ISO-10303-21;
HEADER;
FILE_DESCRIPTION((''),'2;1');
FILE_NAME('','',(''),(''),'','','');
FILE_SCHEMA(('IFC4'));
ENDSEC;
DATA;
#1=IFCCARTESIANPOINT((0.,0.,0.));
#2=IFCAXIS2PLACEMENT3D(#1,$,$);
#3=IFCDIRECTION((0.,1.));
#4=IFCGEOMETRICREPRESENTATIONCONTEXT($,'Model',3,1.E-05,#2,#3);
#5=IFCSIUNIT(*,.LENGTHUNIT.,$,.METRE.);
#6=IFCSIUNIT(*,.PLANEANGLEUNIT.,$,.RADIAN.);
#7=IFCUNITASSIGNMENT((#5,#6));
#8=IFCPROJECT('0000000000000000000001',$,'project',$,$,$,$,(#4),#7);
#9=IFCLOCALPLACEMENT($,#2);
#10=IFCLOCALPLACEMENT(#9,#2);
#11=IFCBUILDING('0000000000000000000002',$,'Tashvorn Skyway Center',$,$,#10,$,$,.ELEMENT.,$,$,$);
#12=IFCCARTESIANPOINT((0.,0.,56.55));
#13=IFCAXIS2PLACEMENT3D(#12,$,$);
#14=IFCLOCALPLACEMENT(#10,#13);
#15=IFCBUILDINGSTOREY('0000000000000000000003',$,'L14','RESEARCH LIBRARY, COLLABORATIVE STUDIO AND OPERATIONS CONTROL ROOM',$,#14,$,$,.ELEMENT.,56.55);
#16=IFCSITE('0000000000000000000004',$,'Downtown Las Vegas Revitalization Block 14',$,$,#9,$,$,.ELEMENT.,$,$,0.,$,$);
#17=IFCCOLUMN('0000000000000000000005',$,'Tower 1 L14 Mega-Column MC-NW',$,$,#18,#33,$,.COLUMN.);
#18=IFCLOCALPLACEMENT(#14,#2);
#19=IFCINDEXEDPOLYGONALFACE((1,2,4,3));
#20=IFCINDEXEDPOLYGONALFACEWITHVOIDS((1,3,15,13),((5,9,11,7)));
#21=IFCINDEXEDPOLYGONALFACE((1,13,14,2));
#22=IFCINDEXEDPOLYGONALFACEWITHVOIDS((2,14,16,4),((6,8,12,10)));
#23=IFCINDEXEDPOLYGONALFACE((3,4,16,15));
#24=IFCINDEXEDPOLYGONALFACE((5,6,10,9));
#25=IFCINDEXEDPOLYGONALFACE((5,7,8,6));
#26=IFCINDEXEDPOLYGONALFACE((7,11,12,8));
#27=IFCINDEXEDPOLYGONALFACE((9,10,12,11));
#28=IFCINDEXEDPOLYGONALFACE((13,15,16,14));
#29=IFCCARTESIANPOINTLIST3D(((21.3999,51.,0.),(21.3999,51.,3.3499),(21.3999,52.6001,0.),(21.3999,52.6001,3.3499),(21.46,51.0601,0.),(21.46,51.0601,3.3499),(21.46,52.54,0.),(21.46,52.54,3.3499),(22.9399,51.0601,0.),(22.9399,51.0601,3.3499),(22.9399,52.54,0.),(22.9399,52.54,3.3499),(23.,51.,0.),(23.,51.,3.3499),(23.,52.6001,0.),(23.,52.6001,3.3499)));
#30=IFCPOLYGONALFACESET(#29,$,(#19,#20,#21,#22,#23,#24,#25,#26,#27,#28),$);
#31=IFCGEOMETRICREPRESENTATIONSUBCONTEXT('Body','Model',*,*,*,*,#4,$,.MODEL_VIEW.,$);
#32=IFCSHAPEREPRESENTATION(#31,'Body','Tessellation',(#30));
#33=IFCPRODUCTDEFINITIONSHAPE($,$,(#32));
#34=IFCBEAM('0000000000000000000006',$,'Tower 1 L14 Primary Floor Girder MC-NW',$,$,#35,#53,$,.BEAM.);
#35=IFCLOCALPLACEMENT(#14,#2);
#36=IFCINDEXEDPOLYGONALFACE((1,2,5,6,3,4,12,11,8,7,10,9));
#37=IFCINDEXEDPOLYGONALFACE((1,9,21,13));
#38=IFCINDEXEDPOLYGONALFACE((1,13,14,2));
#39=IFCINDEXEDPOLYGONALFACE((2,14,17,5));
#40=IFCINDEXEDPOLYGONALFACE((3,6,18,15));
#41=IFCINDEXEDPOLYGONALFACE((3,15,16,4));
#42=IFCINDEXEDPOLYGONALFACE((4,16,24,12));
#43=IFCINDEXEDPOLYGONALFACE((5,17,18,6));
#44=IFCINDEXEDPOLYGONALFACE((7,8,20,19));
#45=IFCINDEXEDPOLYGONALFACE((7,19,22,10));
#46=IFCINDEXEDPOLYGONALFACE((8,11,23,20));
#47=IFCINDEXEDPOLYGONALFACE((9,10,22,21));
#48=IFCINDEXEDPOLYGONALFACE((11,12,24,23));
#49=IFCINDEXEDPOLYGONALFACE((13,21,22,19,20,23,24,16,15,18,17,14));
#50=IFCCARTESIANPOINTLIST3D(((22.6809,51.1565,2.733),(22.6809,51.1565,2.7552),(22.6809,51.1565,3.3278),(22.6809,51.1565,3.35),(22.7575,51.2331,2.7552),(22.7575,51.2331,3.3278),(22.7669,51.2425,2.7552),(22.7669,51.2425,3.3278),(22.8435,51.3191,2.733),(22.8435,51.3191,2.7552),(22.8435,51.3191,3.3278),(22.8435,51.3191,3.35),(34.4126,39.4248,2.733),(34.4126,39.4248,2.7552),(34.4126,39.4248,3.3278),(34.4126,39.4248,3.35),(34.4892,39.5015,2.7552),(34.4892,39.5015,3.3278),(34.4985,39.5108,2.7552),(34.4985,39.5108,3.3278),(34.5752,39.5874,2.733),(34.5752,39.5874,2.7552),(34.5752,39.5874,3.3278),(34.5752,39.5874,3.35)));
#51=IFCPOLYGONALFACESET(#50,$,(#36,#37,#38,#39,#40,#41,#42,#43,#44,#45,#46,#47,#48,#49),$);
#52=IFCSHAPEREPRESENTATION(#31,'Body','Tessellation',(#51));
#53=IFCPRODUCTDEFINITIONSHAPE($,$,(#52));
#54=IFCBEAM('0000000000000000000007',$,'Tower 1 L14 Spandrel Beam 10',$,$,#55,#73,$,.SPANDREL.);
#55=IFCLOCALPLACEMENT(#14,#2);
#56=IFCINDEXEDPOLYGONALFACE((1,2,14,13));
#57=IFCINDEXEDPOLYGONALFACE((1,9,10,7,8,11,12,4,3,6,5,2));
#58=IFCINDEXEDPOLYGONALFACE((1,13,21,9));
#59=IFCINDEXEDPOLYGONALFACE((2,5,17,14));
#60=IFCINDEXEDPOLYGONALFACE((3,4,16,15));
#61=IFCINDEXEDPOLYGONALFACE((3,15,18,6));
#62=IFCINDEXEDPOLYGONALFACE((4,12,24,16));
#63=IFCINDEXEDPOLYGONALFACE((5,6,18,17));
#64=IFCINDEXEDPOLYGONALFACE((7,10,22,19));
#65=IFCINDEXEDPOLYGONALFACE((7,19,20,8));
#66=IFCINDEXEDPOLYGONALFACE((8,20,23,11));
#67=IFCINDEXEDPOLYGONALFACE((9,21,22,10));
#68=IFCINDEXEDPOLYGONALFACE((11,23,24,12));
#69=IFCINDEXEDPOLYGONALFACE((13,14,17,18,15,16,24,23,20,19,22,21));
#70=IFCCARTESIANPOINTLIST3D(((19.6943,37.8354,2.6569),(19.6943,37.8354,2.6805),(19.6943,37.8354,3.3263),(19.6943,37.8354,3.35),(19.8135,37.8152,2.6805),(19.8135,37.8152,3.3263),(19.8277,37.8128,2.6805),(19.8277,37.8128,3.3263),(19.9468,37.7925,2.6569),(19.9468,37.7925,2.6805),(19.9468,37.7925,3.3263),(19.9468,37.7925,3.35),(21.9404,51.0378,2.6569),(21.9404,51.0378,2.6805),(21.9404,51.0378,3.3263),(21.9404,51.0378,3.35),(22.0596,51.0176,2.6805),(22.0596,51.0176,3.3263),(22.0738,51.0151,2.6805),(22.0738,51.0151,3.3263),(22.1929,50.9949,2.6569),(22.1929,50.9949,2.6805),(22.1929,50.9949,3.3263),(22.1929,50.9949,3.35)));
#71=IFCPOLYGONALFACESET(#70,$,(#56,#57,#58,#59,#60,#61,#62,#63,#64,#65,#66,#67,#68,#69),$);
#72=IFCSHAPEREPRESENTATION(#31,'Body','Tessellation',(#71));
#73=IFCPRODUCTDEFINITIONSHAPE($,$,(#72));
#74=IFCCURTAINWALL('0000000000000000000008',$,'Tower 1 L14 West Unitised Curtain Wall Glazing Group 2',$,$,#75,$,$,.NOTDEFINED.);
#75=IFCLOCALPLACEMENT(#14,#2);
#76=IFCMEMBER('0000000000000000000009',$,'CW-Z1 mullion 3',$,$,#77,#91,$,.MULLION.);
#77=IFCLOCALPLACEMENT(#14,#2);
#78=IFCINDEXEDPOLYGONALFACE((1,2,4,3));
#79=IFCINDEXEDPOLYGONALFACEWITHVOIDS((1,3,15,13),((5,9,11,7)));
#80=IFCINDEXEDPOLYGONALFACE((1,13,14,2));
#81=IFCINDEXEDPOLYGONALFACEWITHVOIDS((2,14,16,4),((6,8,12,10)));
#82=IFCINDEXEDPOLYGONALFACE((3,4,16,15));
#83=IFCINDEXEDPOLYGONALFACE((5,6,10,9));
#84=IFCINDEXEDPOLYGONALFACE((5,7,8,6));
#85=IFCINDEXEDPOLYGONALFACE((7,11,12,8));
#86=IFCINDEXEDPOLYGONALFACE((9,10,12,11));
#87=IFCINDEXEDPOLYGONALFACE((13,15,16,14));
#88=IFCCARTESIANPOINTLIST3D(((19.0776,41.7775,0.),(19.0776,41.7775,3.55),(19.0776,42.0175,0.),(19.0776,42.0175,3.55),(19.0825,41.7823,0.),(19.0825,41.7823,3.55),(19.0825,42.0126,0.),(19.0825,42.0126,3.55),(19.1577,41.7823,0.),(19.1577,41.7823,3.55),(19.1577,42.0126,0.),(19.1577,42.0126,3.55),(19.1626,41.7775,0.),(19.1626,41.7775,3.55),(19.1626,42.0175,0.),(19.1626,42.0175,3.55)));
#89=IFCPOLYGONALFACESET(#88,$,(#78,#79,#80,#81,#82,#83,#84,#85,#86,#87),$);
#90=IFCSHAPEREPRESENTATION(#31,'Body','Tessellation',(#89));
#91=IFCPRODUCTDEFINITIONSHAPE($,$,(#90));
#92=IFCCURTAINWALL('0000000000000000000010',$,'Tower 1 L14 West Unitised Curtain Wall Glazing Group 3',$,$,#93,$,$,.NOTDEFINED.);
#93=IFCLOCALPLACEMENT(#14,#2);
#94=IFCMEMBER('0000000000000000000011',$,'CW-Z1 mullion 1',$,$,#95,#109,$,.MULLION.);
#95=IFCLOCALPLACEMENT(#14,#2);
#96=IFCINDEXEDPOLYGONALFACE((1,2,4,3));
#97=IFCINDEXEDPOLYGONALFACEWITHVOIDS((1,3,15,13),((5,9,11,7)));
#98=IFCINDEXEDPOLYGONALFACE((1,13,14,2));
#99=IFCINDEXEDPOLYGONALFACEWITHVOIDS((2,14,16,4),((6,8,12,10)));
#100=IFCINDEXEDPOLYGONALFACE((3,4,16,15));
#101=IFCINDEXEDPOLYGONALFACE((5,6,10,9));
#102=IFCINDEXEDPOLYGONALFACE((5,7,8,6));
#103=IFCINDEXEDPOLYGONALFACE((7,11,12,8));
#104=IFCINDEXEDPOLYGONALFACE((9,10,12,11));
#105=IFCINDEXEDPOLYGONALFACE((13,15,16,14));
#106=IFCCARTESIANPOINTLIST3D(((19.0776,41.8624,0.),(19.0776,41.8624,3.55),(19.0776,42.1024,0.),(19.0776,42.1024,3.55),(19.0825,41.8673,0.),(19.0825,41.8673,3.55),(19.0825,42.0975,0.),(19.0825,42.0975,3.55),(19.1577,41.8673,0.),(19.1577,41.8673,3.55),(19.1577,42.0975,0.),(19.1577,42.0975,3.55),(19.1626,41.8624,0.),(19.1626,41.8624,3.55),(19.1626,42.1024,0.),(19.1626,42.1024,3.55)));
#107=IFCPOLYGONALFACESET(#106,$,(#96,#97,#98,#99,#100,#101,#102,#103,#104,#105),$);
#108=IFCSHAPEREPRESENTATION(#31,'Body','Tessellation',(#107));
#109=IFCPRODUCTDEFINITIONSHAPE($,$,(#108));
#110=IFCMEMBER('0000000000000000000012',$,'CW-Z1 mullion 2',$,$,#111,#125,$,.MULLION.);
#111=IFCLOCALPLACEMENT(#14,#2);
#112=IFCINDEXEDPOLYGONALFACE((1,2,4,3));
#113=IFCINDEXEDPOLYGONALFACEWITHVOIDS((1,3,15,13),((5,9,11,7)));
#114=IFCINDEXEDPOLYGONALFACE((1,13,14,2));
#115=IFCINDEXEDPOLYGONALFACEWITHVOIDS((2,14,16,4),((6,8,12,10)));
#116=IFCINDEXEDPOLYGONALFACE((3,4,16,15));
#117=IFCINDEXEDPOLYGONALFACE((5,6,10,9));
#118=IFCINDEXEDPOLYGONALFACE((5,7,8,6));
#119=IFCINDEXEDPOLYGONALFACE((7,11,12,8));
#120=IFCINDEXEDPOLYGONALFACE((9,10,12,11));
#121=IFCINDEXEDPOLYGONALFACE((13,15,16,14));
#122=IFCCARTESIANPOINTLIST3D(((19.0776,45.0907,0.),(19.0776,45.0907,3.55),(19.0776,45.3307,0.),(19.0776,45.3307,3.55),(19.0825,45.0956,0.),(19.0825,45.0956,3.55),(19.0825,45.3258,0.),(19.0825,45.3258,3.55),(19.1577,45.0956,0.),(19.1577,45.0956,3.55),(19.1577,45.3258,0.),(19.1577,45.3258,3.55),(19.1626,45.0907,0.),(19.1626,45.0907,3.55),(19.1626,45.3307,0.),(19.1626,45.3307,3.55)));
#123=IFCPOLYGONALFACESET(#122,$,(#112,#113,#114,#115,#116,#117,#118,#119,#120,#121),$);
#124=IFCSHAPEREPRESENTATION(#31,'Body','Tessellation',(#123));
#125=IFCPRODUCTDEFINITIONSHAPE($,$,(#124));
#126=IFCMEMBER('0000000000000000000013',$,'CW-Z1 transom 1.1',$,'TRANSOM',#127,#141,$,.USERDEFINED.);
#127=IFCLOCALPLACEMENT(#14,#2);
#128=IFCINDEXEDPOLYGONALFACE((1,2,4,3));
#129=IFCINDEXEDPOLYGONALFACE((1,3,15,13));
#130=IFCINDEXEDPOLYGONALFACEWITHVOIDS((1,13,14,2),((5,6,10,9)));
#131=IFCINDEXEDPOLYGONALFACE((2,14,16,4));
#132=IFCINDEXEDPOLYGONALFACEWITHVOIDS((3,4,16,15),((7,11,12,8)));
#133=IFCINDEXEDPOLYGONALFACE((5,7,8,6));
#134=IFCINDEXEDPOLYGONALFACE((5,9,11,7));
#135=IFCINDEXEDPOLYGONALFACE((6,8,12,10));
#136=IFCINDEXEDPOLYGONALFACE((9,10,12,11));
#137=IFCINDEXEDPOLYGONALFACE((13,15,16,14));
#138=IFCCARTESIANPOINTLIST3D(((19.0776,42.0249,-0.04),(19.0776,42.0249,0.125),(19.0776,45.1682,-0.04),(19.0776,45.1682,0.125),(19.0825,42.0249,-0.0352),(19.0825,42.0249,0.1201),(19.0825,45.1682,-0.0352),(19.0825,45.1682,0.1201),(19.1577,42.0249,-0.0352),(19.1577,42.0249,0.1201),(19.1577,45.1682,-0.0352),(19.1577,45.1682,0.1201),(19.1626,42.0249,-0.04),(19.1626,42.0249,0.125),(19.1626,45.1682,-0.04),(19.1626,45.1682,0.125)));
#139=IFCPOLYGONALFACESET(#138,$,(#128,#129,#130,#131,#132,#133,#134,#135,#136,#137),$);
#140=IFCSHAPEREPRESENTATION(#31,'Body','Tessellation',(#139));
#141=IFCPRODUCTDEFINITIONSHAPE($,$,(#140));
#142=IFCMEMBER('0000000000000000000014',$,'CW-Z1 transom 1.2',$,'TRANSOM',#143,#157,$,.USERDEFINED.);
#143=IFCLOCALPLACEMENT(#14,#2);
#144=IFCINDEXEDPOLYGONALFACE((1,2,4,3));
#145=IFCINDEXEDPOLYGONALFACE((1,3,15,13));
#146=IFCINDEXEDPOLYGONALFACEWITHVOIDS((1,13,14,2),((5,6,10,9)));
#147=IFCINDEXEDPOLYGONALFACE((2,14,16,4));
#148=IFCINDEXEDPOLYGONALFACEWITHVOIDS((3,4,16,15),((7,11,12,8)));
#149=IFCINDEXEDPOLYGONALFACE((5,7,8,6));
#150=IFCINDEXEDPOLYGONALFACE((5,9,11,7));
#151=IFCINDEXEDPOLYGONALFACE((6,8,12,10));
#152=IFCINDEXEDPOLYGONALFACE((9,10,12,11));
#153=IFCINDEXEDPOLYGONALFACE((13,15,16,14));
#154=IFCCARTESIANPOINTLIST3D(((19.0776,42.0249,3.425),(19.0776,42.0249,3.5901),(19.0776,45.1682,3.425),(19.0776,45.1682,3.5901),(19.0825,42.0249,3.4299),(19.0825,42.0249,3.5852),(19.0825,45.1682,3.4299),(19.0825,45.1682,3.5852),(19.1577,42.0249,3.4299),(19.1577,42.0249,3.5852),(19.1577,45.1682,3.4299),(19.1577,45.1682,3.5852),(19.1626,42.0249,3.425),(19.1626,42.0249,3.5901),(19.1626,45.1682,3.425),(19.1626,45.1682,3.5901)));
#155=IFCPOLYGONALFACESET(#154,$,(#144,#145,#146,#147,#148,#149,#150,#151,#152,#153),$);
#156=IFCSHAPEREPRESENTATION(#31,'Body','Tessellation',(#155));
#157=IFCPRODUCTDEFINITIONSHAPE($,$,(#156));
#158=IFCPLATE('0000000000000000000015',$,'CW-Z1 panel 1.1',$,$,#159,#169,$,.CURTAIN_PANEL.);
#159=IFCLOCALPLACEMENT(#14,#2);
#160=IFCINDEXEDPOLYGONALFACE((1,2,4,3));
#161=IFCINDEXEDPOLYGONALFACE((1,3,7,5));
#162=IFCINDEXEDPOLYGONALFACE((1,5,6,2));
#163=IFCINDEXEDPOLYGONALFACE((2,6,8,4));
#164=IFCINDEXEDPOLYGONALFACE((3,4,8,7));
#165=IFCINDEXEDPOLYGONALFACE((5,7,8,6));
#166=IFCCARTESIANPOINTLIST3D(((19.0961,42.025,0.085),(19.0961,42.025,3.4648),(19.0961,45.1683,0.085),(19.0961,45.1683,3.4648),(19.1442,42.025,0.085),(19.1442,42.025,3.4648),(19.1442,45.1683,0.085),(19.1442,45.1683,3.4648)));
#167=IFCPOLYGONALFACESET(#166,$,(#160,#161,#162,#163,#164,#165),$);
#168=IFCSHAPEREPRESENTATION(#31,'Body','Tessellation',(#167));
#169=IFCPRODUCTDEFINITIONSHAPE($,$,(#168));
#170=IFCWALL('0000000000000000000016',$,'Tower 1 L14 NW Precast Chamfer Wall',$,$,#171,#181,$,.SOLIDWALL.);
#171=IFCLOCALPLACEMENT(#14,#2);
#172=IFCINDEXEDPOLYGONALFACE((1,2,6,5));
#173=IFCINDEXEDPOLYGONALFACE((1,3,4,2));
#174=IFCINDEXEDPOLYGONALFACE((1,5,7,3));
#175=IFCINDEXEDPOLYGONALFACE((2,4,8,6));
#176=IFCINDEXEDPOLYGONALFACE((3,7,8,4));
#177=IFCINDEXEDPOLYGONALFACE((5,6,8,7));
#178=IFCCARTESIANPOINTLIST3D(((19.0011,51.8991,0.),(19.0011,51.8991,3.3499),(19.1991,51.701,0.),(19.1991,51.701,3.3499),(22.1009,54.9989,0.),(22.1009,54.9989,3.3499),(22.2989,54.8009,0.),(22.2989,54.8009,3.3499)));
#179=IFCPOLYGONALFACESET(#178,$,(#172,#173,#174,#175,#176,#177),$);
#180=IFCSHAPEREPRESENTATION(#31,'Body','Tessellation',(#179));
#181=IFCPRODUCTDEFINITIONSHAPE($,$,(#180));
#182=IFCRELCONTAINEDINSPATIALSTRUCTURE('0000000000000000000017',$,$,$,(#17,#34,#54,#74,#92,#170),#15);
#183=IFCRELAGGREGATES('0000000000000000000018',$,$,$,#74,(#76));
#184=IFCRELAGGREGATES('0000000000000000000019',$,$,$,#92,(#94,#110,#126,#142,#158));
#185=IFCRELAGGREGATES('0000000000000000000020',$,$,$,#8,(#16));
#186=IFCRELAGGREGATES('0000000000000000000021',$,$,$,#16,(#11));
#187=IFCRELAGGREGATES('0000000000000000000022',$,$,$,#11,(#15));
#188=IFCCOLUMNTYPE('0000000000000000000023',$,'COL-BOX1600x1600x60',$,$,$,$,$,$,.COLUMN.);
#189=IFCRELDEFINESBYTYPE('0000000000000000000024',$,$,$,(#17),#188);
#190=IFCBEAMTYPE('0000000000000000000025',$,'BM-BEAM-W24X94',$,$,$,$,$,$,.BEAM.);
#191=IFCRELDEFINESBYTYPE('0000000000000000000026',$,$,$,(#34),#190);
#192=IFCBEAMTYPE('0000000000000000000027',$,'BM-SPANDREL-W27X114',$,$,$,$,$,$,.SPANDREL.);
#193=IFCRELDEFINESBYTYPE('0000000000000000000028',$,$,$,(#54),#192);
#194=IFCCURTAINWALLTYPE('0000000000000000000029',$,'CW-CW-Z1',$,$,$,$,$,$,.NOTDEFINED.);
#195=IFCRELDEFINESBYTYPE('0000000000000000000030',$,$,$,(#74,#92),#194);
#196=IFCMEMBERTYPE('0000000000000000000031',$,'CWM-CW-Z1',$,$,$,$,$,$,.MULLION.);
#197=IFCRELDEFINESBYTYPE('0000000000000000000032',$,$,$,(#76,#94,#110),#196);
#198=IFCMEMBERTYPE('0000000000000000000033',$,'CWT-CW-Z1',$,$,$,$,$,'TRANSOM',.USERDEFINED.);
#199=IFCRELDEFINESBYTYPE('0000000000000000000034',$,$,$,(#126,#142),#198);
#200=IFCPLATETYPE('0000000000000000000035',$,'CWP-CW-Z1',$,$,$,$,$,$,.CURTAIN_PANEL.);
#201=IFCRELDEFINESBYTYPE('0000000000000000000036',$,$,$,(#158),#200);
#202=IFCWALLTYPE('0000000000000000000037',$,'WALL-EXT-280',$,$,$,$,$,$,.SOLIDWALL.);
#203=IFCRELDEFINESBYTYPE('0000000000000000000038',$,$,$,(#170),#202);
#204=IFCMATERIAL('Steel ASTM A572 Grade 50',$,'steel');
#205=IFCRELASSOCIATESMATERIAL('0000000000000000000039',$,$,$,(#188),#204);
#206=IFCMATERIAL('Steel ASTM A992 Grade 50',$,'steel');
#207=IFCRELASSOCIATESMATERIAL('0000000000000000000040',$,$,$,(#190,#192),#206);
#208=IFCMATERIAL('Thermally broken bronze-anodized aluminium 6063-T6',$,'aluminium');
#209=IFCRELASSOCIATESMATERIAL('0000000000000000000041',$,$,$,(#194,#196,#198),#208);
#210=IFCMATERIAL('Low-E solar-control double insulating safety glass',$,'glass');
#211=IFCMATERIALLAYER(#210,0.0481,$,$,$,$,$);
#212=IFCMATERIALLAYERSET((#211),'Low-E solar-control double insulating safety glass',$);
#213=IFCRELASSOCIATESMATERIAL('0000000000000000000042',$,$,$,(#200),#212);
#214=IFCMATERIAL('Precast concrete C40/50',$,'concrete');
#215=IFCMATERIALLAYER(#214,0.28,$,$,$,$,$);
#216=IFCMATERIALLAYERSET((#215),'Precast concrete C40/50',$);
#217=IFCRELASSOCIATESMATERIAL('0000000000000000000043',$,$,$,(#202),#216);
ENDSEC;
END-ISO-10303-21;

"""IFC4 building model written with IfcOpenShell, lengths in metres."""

from ifc_helpers import new_model, si_unit, direction, frame, frame_2d, origin, origin_2d, place, context, subcontext, project, spatial, rectangle, hollow_rectangle, i_section, extrude, material, layer, layer_set, material_profile, profile_set, type_object, element, aggregate, save


model = new_model("IFC4")

# Units and contexts
model_context = context("Model", 3, precision=1e-05, world=origin(), true_north=direction((0.0, 1.0)))
body_context = subcontext(model_context, "Body", "Model", "MODEL_VIEW")
ifc_project = project(units=[si_unit("LENGTHUNIT", "METRE"), si_unit("PLANEANGLEUNIT", "RADIAN")], contexts=[model_context])

# Site, building, storey
site_placement = place(None, origin())
site = spatial("IfcSite", under=ifc_project, at=site_placement, Name="Downtown Las Vegas Revitalization Block 14", CompositionType="ELEMENT", RefElevation=0.0)
building_placement = place(site_placement, origin())
building = spatial("IfcBuilding", under=site, at=building_placement, Name="Tashvorn Skyway Center", CompositionType="ELEMENT")
storey_placement = place(building_placement, frame((0.0, 0.0, 56.55)))
storey = spatial("IfcBuildingStorey", under=building, at=storey_placement, Name="L14", Description="RESEARCH LIBRARY, COLLABORATIVE STUDIO AND OPERATIONS CONTROL ROOM", CompositionType="ELEMENT", Elevation=56.55)

# Column
ifc_material_1 = material(Name="Steel ASTM A572 Grade 50", Category="steel")
ifc_material_profile_1 = material_profile(ifc_material_1, hollow_rectangle(XDim=1.6001, YDim=1.6001, WallThickness=0.0601, at=origin_2d()), Name="BOX1600x1600x60")
ifc_profile_set_1 = profile_set([ifc_material_profile_1], Name="Steel ASTM A572 Grade 50")
column_type = type_object("IfcColumnType", Name="COL-BOX1600x1600x60", PredefinedType="COLUMN", material=ifc_profile_set_1)
column_placement = place(storey_placement, frame((22.2, 51.8, 0.0), z_axis=(0.0, 0.0, 1.0), x_axis=(1.0, 0.0, 0.0)))
element("IfcColumn", 1, at=column_placement, inside=storey, type_object=column_type, Name="Tower 1 L14 Mega-Column MC-NW", PredefinedType="COLUMN", context=body_context, shape_type="SweptSolid", body=[
    extrude(hollow_rectangle(XDim=1.6001, YDim=1.6001, WallThickness=0.0601, at=origin_2d()), origin(), (0.0, 0.0, 1.0), 3.3499),
])

# Beams
ifc_material_2 = material(Name="Steel ASTM A992 Grade 50", Category="steel")
ifc_material_profile_2 = material_profile(ifc_material_2, i_section(OverallWidth=0.23, OverallDepth=0.6169, WebThickness=0.0132, FlangeThickness=0.0222, at=origin_2d()), Name="W24X94")
ifc_profile_set_2 = profile_set([ifc_material_profile_2], Name="Steel ASTM A992 Grade 50")
beam_type_1 = type_object("IfcBeamType", Name="BM-BEAM-W24X94", PredefinedType="BEAM", material=ifc_profile_set_2)
beam_1_placement = place(storey_placement, frame((22.7622, 51.2378, 3.0415), z_axis=(0.707107, -0.707107, 0.0), x_axis=(0.707107, 0.707107, 0.0)))
element("IfcBeam", 2, at=beam_1_placement, inside=storey, type_object=beam_type_1, Name="Tower 1 L14 Primary Floor Girder MC-NW", PredefinedType="BEAM", context=body_context, shape_type="SweptSolid", body=[
    extrude(i_section(OverallWidth=0.23, OverallDepth=0.6169, WebThickness=0.0132, FlangeThickness=0.0222, at=origin_2d()), origin(), (0.0, 0.0, 1.0), 16.5911),
])
ifc_material_profile_3 = material_profile(ifc_material_2, i_section(OverallWidth=0.2561, OverallDepth=0.6931, WebThickness=0.0144, FlangeThickness=0.0237, at=origin_2d()), Name="W27X114")
ifc_profile_set_3 = profile_set([ifc_material_profile_3], Name="Steel ASTM A992 Grade 50")
beam_type_2 = type_object("IfcBeamType", Name="BM-SPANDREL-W27X114", PredefinedType="SPANDREL", material=ifc_profile_set_3)
beam_2_placement = place(storey_placement, frame((22.0667, 51.0164, 3.0034), z_axis=(-0.167718, -0.985835, 0.0), x_axis=(0.985835, -0.167718, 0.0)))
element("IfcBeam", 3, at=beam_2_placement, inside=storey, type_object=beam_type_2, Name="Tower 1 L14 Spandrel Beam 10", PredefinedType="SPANDREL", context=body_context, shape_type="SweptSolid", body=[
    extrude(i_section(OverallWidth=0.2561, OverallDepth=0.6931, WebThickness=0.0144, FlangeThickness=0.0237, at=origin_2d()), origin(), (0.0, 0.0, 1.0), 13.3921),
])

# Curtain wall, member
ifc_material_3 = material(Name="Thermally broken bronze-anodized aluminium 6063-T6", Category="aluminium")
curtain_wall_type = type_object("IfcCurtainWallType", Name="CW-CW-Z1", PredefinedType="NOTDEFINED", material=ifc_material_3)
curtain_wall_1_placement = place(storey_placement, origin())
curtain_wall_1 = element("IfcCurtainWall", 4, at=curtain_wall_1_placement, inside=storey, type_object=curtain_wall_type, Name="Tower 1 L14 West Unitised Curtain Wall Glazing Group 2", PredefinedType="NOTDEFINED")
ifc_material_profile_4 = material_profile(ifc_material_3, hollow_rectangle(XDim=0.085, YDim=0.24, WallThickness=0.0049, at=origin_2d()), Name="ALU-MULL-85x240")
ifc_profile_set_4 = profile_set([ifc_material_profile_4], Name="Thermally broken bronze-anodized aluminium 6063-T6")
member_type_1 = type_object("IfcMemberType", Name="CWM-CW-Z1", PredefinedType="MULLION", material=ifc_profile_set_4)
member_1_placement = place(storey_placement, frame((19.1201, 41.8975, 0.0), z_axis=(0.0, 0.0, 1.0), x_axis=(-1.0, 0.0, 0.0)))
member_1 = element("IfcMember", 5, at=member_1_placement, type_object=member_type_1, Name="CW-Z1 mullion 3", PredefinedType="MULLION", context=body_context, shape_type="SweptSolid", body=[
    extrude(hollow_rectangle(XDim=0.085, YDim=0.24, WallThickness=0.0049, at=origin_2d()), origin(), (0.0, 0.0, 1.0), 3.55),
])
aggregate(curtain_wall_1, [member_1])

# Curtain wall, members, plate
curtain_wall_2_placement = place(storey_placement, origin())
curtain_wall_2 = element("IfcCurtainWall", 6, at=curtain_wall_2_placement, inside=storey, type_object=curtain_wall_type, Name="Tower 1 L14 West Unitised Curtain Wall Glazing Group 3", PredefinedType="NOTDEFINED")
member_2_placement = place(storey_placement, frame((19.1201, 41.9824, 0.0), z_axis=(0.0, 0.0, 1.0), x_axis=(-1.0, 0.0, 0.0)))
member_2 = element("IfcMember", 7, at=member_2_placement, type_object=member_type_1, Name="CW-Z1 mullion 1", PredefinedType="MULLION", context=body_context, shape_type="SweptSolid", body=[
    extrude(hollow_rectangle(XDim=0.085, YDim=0.24, WallThickness=0.0049, at=origin_2d()), origin(), (0.0, 0.0, 1.0), 3.55),
])
member_3_placement = place(storey_placement, frame((19.1201, 45.2107, 0.0), z_axis=(0.0, 0.0, 1.0), x_axis=(-1.0, 0.0, 0.0)))
member_3 = element("IfcMember", 8, at=member_3_placement, type_object=member_type_1, Name="CW-Z1 mullion 2", PredefinedType="MULLION", context=body_context, shape_type="SweptSolid", body=[
    extrude(hollow_rectangle(XDim=0.085, YDim=0.24, WallThickness=0.0049, at=origin_2d()), origin(), (0.0, 0.0, 1.0), 3.55),
])
ifc_material_profile_5 = material_profile(ifc_material_3, hollow_rectangle(XDim=0.085, YDim=0.165, WallThickness=0.0049, at=origin_2d()), Name="ALU-TRAN-85x165")
ifc_profile_set_5 = profile_set([ifc_material_profile_5], Name="Thermally broken bronze-anodized aluminium 6063-T6")
member_type_2 = type_object("IfcMemberType", Name="CWT-CW-Z1", ElementType="TRANSOM", PredefinedType="USERDEFINED", material=ifc_profile_set_5)
member_4_placement = place(storey_placement, frame((19.1201, 42.0249, 0.0425), z_axis=(0.0, 1.0, 0.0), x_axis=(-1.0, 0.0, 0.0)))
member_4 = element("IfcMember", 9, at=member_4_placement, type_object=member_type_2, Name="CW-Z1 transom 1.1", ObjectType="TRANSOM", PredefinedType="USERDEFINED", context=body_context, shape_type="SweptSolid", body=[
    extrude(hollow_rectangle(XDim=0.085, YDim=0.165, WallThickness=0.0049, at=origin_2d()), origin(), (0.0, 0.0, 1.0), 3.1433),
])
member_5_placement = place(storey_placement, frame((19.1201, 42.0249, 3.5076), z_axis=(0.0, 1.0, 0.0), x_axis=(-1.0, 0.0, 0.0)))
member_5 = element("IfcMember", 10, at=member_5_placement, type_object=member_type_2, Name="CW-Z1 transom 1.2", ObjectType="TRANSOM", PredefinedType="USERDEFINED", context=body_context, shape_type="SweptSolid", body=[
    extrude(hollow_rectangle(XDim=0.085, YDim=0.165, WallThickness=0.0049, at=origin_2d()), origin(), (0.0, 0.0, 1.0), 3.1433),
])
ifc_material_4 = material(Name="Low-E solar-control double insulating safety glass", Category="glass")
ifc_layer_1 = layer(ifc_material_4, 0.0481)
ifc_layer_set_1 = layer_set([ifc_layer_1], Name="Low-E solar-control double insulating safety glass")
plate_type = type_object("IfcPlateType", Name="CWP-CW-Z1", PredefinedType="CURTAIN_PANEL", material=ifc_layer_set_1)
plate_placement = place(storey_placement, frame((19.1201, 43.5967, 0.085), z_axis=(0.0, 0.0, 1.0), x_axis=(0.0, 1.0, 0.0)))
plate = element("IfcPlate", 11, at=plate_placement, type_object=plate_type, Name="CW-Z1 panel 1.1", PredefinedType="CURTAIN_PANEL", context=body_context, shape_type="SweptSolid", body=[
    extrude(rectangle(XDim=3.1433, YDim=0.0481, at=origin_2d()), origin(), (0.0, 0.0, 1.0), 3.3799),
])
aggregate(curtain_wall_2, [member_2, member_3, member_4, member_5, plate])

# Wall
ifc_material_5 = material(Name="Precast concrete C40/50", Category="concrete")
ifc_layer_2 = layer(ifc_material_5, 0.28)
ifc_layer_set_2 = layer_set([ifc_layer_2], Name="Precast concrete C40/50")
wall_type_1 = type_object("IfcWallType", Name="WALL-EXT-280", PredefinedType="SOLIDWALL", material=ifc_layer_set_2)
wall_1_placement = place(storey_placement, frame((19.1001, 51.8, 0.0), z_axis=(0.0, 0.0, 1.0), x_axis=(0.707107, 0.707107, 0.0)))
element("IfcWall", 12, at=wall_1_placement, inside=storey, type_object=wall_type_1, Name="Tower 1 L14 NW Precast Chamfer Wall", PredefinedType="SOLIDWALL", context=body_context, shape_type="SweptSolid", body=[
    extrude(rectangle(XDim=4.3838, YDim=0.28, at=frame_2d((2.1919, 0.0))), origin(), (0.0, 0.0, 1.0), 3.3499),
])

save(model, "model.ifc")
